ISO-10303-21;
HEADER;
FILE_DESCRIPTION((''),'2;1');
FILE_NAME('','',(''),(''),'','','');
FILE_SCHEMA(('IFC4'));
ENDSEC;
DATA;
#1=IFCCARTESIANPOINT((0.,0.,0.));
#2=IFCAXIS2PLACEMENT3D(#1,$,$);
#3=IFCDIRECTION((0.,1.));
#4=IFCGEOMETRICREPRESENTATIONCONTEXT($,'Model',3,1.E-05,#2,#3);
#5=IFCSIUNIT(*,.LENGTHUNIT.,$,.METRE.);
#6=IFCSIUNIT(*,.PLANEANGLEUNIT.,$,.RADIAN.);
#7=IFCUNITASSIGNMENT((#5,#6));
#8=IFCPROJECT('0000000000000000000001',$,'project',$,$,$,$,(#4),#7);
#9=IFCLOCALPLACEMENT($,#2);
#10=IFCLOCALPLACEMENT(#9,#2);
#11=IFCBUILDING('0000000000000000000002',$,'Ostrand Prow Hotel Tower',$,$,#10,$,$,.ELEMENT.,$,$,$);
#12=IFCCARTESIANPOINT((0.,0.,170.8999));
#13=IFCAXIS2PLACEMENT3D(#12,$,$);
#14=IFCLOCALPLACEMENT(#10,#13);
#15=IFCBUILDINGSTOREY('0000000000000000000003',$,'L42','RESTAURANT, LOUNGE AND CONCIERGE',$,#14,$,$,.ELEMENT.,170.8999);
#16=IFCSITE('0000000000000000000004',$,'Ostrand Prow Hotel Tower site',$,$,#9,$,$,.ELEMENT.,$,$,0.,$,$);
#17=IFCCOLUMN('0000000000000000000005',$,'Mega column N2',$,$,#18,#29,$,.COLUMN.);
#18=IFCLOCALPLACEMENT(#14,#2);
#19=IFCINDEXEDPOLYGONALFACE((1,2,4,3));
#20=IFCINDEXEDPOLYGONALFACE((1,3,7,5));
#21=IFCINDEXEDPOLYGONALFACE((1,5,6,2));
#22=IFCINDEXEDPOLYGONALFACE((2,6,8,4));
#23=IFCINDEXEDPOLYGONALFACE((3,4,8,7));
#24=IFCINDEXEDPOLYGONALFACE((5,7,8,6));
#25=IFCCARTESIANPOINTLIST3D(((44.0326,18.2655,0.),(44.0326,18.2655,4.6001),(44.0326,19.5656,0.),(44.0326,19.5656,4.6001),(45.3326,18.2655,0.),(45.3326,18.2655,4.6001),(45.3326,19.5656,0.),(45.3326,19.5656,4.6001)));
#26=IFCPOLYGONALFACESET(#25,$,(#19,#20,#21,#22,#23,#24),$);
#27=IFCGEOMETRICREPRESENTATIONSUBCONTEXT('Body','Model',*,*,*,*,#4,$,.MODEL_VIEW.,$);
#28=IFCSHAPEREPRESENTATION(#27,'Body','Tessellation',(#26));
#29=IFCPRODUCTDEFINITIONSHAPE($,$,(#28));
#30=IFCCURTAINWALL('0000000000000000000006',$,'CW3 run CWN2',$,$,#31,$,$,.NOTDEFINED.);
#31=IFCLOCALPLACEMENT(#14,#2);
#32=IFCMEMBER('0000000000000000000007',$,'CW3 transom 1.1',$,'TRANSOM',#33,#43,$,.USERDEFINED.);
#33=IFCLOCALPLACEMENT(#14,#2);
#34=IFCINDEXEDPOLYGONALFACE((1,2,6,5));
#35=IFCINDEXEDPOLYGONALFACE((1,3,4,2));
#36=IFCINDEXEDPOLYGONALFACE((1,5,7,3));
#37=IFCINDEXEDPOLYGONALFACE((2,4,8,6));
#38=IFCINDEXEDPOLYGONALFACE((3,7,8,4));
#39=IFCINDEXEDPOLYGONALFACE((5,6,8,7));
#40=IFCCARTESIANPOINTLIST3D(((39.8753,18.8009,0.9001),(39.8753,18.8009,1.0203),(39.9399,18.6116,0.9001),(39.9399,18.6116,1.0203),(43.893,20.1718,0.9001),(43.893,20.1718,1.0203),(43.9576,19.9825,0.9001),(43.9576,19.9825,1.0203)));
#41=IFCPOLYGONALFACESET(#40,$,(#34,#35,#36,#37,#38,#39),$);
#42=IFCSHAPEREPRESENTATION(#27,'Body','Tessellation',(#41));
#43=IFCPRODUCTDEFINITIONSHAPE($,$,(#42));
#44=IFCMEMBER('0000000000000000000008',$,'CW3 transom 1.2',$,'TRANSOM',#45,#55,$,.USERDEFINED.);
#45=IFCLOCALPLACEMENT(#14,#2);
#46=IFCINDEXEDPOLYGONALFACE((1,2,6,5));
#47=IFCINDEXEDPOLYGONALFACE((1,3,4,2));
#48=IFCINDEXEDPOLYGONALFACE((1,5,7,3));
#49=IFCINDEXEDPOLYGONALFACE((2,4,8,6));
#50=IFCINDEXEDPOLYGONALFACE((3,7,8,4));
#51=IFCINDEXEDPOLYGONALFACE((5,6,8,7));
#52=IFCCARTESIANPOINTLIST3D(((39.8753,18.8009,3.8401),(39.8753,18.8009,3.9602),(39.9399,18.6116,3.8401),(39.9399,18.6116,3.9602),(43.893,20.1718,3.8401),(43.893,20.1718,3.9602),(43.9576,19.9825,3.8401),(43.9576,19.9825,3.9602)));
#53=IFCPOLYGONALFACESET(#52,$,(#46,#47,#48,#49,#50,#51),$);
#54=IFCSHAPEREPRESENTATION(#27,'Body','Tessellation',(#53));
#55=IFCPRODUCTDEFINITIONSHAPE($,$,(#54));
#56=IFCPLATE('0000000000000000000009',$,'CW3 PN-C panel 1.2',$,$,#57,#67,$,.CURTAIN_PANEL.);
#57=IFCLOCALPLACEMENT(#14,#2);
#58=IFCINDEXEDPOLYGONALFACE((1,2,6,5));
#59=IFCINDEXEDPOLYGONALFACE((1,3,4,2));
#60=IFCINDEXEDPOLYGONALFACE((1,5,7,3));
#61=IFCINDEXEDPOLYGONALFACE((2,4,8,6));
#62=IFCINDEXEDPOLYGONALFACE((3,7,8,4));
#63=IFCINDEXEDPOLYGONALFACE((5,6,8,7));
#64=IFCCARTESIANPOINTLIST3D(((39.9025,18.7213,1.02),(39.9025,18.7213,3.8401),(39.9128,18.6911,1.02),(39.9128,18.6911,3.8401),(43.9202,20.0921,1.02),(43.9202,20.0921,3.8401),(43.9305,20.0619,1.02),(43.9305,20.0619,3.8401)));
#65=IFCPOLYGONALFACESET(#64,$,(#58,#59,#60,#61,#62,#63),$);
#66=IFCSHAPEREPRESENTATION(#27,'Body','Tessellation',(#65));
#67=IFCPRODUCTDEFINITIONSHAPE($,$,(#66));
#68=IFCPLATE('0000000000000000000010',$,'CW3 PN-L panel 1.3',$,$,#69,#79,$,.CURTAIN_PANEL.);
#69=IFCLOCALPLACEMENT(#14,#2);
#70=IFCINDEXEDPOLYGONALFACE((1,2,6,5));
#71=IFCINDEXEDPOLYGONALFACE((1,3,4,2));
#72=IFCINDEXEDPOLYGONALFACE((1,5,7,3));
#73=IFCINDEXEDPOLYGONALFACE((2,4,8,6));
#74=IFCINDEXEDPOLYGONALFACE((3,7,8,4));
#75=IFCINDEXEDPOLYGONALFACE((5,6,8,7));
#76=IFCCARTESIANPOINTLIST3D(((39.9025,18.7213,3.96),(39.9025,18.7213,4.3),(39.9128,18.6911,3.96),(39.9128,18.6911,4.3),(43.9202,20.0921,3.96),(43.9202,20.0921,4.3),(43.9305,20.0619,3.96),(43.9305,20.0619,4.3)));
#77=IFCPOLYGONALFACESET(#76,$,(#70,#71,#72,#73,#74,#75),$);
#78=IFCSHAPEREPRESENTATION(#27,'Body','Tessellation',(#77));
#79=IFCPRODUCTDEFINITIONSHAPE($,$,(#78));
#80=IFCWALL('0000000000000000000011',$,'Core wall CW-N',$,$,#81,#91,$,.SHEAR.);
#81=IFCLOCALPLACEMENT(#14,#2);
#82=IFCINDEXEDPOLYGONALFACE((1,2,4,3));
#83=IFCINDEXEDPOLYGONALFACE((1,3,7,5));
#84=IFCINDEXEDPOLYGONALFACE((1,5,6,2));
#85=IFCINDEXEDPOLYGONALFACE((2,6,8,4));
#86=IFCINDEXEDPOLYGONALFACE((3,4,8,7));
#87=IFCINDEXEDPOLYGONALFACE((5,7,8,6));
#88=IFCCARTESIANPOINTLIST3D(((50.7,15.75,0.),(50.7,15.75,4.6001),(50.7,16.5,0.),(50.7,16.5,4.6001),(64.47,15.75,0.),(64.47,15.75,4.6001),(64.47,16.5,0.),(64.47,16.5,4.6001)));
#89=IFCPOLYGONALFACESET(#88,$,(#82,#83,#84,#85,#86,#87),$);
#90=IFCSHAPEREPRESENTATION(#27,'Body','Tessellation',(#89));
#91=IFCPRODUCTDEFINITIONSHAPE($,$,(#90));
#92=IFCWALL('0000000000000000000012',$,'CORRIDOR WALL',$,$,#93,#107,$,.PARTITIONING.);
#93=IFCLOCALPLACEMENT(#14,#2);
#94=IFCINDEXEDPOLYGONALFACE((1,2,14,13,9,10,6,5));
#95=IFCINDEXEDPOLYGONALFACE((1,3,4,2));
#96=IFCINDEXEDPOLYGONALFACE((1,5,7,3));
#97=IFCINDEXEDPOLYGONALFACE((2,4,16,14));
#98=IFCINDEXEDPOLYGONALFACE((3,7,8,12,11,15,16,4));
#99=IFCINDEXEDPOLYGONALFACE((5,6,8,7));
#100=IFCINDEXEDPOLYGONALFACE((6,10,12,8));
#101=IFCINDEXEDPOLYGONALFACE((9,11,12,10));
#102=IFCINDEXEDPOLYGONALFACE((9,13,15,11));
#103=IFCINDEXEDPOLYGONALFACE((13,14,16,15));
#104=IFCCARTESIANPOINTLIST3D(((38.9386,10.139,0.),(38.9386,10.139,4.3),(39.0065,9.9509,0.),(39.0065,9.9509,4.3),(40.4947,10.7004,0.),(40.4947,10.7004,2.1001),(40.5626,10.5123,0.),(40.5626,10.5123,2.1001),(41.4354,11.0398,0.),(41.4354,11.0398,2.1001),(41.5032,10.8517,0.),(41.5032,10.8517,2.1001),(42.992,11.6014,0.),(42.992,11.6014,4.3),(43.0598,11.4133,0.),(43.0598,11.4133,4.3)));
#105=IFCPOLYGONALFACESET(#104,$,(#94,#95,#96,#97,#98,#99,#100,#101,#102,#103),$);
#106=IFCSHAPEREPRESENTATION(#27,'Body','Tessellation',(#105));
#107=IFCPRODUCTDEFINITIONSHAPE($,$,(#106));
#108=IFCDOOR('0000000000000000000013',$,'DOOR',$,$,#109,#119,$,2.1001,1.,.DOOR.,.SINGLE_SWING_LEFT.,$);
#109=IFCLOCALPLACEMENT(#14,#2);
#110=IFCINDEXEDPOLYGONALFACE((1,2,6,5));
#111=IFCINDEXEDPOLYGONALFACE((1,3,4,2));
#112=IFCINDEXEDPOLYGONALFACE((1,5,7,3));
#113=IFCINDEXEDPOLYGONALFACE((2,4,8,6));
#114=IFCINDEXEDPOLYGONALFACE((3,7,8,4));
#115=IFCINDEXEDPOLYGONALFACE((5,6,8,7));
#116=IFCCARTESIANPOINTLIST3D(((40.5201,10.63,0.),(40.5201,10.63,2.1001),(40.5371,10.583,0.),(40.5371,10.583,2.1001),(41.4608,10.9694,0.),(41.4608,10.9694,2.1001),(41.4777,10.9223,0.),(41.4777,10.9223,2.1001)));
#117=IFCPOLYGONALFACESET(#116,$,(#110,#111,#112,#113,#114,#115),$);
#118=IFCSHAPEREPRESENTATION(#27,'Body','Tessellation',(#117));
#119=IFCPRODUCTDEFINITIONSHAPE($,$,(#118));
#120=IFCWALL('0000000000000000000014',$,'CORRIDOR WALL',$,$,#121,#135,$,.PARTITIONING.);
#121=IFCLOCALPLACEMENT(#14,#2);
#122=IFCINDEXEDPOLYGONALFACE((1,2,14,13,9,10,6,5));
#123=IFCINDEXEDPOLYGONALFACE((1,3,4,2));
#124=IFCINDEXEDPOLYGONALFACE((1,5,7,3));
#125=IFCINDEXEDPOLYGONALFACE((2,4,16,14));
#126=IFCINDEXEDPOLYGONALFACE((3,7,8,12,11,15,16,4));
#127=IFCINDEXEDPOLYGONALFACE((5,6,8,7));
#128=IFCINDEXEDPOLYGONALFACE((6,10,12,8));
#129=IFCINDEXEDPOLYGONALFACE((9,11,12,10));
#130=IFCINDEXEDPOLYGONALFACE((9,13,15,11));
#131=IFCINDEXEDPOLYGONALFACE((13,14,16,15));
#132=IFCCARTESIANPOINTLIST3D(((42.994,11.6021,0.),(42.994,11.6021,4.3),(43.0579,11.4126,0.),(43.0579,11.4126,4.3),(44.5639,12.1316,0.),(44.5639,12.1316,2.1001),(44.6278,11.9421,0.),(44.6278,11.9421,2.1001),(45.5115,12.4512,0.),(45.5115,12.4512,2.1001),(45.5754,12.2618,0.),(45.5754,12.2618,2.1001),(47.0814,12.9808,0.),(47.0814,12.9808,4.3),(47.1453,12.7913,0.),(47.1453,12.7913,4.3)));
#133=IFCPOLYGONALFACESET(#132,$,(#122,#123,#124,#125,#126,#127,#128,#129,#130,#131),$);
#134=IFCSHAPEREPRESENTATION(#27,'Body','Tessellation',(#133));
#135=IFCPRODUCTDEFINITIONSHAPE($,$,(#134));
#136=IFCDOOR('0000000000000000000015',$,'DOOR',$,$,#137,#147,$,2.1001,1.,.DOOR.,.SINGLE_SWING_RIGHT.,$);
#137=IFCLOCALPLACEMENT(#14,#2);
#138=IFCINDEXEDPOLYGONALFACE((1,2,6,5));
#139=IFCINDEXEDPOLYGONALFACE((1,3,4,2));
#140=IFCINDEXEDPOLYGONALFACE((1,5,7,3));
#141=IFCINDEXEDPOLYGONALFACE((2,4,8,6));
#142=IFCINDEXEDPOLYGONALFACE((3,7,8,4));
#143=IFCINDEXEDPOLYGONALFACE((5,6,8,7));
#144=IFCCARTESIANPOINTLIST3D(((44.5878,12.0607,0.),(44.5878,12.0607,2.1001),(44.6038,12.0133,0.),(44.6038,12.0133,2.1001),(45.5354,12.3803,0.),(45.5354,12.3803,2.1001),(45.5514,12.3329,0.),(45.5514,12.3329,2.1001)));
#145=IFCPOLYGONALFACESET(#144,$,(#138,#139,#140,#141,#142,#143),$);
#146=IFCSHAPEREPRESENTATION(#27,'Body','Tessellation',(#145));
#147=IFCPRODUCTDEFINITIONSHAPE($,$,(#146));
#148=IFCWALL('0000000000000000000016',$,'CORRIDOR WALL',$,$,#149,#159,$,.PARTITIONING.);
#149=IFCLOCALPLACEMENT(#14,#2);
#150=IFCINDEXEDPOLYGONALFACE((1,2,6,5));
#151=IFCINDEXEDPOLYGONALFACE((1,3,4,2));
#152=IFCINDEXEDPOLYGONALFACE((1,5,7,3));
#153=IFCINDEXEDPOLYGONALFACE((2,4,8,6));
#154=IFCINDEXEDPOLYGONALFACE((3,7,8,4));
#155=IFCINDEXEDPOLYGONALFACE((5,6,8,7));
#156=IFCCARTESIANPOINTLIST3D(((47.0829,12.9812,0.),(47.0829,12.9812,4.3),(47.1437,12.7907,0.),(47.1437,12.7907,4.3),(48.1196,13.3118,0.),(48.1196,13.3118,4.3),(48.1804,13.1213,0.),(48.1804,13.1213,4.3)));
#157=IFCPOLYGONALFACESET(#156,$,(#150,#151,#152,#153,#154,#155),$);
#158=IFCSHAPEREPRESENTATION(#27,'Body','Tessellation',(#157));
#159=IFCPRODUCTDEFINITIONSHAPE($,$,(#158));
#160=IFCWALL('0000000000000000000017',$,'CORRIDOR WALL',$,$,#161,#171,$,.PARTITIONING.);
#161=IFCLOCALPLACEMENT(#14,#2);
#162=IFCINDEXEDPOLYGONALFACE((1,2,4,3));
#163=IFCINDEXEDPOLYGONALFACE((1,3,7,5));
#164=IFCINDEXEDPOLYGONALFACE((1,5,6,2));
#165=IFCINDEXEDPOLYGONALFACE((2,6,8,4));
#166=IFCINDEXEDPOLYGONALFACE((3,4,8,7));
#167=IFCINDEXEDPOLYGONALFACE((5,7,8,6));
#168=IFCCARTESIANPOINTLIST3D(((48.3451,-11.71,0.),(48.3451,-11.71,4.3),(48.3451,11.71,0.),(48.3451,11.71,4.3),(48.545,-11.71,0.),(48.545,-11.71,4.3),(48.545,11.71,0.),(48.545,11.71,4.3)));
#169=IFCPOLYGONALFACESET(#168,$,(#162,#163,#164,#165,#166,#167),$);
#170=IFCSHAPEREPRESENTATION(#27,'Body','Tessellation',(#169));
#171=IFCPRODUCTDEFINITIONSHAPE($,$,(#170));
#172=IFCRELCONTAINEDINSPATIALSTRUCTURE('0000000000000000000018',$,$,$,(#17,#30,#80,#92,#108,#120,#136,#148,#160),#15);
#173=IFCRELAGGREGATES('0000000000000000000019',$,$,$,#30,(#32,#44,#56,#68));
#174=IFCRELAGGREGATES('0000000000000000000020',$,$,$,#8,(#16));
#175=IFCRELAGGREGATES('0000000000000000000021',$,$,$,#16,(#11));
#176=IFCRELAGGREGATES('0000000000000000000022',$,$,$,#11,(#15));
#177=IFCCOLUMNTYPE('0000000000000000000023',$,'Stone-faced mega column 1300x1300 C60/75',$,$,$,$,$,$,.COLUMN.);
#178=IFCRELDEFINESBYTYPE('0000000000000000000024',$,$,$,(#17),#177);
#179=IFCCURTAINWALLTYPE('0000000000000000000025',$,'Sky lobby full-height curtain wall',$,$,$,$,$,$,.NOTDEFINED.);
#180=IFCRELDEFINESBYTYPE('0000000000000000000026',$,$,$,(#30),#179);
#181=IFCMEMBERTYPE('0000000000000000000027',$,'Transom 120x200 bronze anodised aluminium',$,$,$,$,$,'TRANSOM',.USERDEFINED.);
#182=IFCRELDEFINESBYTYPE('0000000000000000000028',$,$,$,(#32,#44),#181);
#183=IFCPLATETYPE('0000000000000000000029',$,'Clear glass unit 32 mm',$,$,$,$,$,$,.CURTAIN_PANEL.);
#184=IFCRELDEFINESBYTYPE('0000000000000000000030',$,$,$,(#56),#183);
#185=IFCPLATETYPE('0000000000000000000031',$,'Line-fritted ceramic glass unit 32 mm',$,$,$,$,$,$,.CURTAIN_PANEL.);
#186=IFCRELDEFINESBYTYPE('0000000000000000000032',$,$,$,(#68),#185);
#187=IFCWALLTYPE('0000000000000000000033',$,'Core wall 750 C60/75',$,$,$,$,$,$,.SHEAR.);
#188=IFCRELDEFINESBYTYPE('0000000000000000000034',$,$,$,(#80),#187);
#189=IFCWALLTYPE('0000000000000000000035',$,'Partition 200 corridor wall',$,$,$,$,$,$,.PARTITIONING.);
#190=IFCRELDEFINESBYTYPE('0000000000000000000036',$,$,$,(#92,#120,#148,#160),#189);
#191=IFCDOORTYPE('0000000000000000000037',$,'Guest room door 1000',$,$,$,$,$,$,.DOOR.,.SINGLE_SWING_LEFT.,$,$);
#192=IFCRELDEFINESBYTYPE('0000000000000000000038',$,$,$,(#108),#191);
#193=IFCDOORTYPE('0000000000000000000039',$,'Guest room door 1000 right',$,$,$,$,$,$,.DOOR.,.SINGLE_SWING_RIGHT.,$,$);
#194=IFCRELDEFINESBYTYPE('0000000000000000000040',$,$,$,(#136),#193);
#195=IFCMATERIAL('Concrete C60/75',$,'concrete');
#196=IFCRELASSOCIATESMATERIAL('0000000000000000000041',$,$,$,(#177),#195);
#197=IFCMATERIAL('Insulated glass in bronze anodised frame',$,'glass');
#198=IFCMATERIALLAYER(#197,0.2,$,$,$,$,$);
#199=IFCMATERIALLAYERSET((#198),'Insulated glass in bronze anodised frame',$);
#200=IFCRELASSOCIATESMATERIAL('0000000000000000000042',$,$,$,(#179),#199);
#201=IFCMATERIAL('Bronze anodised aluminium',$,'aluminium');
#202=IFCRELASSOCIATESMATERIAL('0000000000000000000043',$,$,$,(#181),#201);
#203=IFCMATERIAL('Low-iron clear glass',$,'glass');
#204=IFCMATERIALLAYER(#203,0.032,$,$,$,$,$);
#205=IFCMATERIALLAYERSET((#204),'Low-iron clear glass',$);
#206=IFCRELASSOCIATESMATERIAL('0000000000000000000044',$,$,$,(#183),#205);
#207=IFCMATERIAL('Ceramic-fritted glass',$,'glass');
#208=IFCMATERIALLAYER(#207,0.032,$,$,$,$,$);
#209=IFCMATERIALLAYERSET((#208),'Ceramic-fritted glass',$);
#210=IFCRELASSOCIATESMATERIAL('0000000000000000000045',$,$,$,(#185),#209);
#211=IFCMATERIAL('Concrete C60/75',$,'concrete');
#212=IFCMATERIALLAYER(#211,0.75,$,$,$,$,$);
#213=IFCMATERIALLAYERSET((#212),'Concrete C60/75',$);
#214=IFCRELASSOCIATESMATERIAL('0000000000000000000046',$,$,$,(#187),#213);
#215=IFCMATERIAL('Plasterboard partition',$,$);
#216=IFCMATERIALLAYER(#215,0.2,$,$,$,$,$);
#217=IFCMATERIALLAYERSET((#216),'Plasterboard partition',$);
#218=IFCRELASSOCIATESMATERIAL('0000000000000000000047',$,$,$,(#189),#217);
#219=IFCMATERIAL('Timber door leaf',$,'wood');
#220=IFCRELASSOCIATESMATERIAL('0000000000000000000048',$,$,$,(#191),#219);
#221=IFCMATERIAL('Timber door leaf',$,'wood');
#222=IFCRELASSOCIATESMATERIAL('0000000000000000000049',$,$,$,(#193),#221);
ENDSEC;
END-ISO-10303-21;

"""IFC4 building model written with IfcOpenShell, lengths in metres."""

from ifc_helpers import new_model, si_unit, direction, frame, frame_2d, origin, origin_2d, place, context, subcontext, project, spatial, rectangle, extrude, material, layer, layer_set, material_profile, profile_set, type_object, element, fill, aggregate, save


model = new_model("IFC4")

# Units and contexts
model_context = context("Model", 3, precision=1e-05, world=origin(), true_north=direction((0.0, 1.0)))
body_context = subcontext(model_context, "Body", "Model", "MODEL_VIEW")
ifc_project = project(units=[si_unit("LENGTHUNIT", "METRE"), si_unit("PLANEANGLEUNIT", "RADIAN")], contexts=[model_context])

# Site, building, storey
site_placement = place(None, origin())
site = spatial("IfcSite", under=ifc_project, at=site_placement, Name="Ostrand Prow Hotel Tower site", CompositionType="ELEMENT", RefElevation=0.0)
building_placement = place(site_placement, origin())
building = spatial("IfcBuilding", under=site, at=building_placement, Name="Ostrand Prow Hotel Tower", CompositionType="ELEMENT")
storey_placement = place(building_placement, frame((0.0, 0.0, 170.8999)))
storey = spatial("IfcBuildingStorey", under=building, at=storey_placement, Name="L42", Description="RESTAURANT, LOUNGE AND CONCIERGE", CompositionType="ELEMENT", Elevation=170.8999)

# Column
ifc_material_1 = material(Name="Concrete C60/75", Category="concrete")
ifc_material_profile_1 = material_profile(ifc_material_1, rectangle(XDim=1.3, YDim=1.3, at=origin_2d()), Name="RC 1300x1300")
ifc_profile_set_1 = profile_set([ifc_material_profile_1], Name="Concrete C60/75")
column_type = type_object("IfcColumnType", Name="Stone-faced mega column 1300x1300 C60/75", PredefinedType="COLUMN", material=ifc_profile_set_1)
column_placement = place(storey_placement, frame((44.6826, 18.9155, 0.0), z_axis=(0.0, 0.0, 1.0), x_axis=(1.0, 0.0, 0.0)))
element("IfcColumn", 1, at=column_placement, inside=storey, type_object=column_type, Name="Mega column N2", PredefinedType="COLUMN", context=body_context, shape_type="SweptSolid", body=[
    extrude(rectangle(XDim=1.3, YDim=1.3, at=origin_2d()), origin(), (0.0, 0.0, 1.0), 4.6001),
])

# Curtain wall, members, plates
ifc_material_2 = material(Name="Insulated glass in bronze anodised frame", Category="glass")
ifc_layer_1 = layer(ifc_material_2, 0.2)
ifc_layer_set_1 = layer_set([ifc_layer_1], Name="Insulated glass in bronze anodised frame")
curtain_wall_type = type_object("IfcCurtainWallType", Name="Sky lobby full-height curtain wall", PredefinedType="NOTDEFINED", material=ifc_layer_set_1)
curtain_wall_placement = place(storey_placement, origin())
curtain_wall = element("IfcCurtainWall", 2, at=curtain_wall_placement, inside=storey, type_object=curtain_wall_type, Name="CW3 run CWN2", PredefinedType="NOTDEFINED")
ifc_material_3 = material(Name="Bronze anodised aluminium", Category="aluminium")
ifc_material_profile_2 = material_profile(ifc_material_3, rectangle(XDim=0.2, YDim=0.1201, at=origin_2d()), Name="Transom 120x200 bronze anodised aluminium")
ifc_profile_set_2 = profile_set([ifc_material_profile_2], Name="Bronze anodised aluminium")
member_type = type_object("IfcMemberType", Name="Transom 120x200 bronze anodised aluminium", ElementType="TRANSOM", PredefinedType="USERDEFINED", material=ifc_profile_set_2)
member_1_placement = place(storey_placement, frame((43.9253, 20.0771, 0.9602), z_axis=(-0.946422, -0.322932, 0.0), x_axis=(0.322932, -0.946422, 0.0)))
member_1 = element("IfcMember", 3, at=member_1_placement, type_object=member_type, Name="CW3 transom 1.1", ObjectType="TRANSOM", PredefinedType="USERDEFINED", context=body_context, shape_type="SweptSolid", body=[
    extrude(rectangle(XDim=0.2, YDim=0.1201, at=origin_2d()), origin(), (0.0, 0.0, 1.0), 4.2451),
])
member_2_placement = place(storey_placement, frame((43.9253, 20.0771, 3.9001), z_axis=(-0.946422, -0.322932, 0.0), x_axis=(0.322932, -0.946422, 0.0)))
member_2 = element("IfcMember", 4, at=member_2_placement, type_object=member_type, Name="CW3 transom 1.2", ObjectType="TRANSOM", PredefinedType="USERDEFINED", context=body_context, shape_type="SweptSolid", body=[
    extrude(rectangle(XDim=0.2, YDim=0.1201, at=origin_2d()), origin(), (0.0, 0.0, 1.0), 4.2451),
])
ifc_material_4 = material(Name="Low-iron clear glass", Category="glass")
ifc_layer_2 = layer(ifc_material_4, 0.032)
ifc_layer_set_2 = layer_set([ifc_layer_2], Name="Low-iron clear glass")
plate_type_1 = type_object("IfcPlateType", Name="Clear glass unit 32 mm", PredefinedType="CURTAIN_PANEL", material=ifc_layer_set_2)
plate_1_placement = place(storey_placement, frame((41.9165, 19.3916, 1.02), z_axis=(0.0, 0.0, 1.0), x_axis=(-0.94643, -0.322908, 0.0)))
plate_1 = element("IfcPlate", 5, at=plate_1_placement, type_object=plate_type_1, Name="CW3 PN-C panel 1.2", PredefinedType="CURTAIN_PANEL", context=body_context, shape_type="SweptSolid", body=[
    extrude(rectangle(XDim=4.2451, YDim=0.032, at=origin_2d()), origin(), (0.0, 0.0, 1.0), 2.8201),
])
ifc_material_5 = material(Name="Ceramic-fritted glass", Category="glass")
ifc_layer_3 = layer(ifc_material_5, 0.032)
ifc_layer_set_3 = layer_set([ifc_layer_3], Name="Ceramic-fritted glass")
plate_type_2 = type_object("IfcPlateType", Name="Line-fritted ceramic glass unit 32 mm", PredefinedType="CURTAIN_PANEL", material=ifc_layer_set_3)
plate_2_placement = place(storey_placement, frame((41.9165, 19.3916, 3.96), z_axis=(0.0, 0.0, 1.0), x_axis=(-0.94643, -0.322908, 0.0)))
plate_2 = element("IfcPlate", 6, at=plate_2_placement, type_object=plate_type_2, Name="CW3 PN-L panel 1.3", PredefinedType="CURTAIN_PANEL", context=body_context, shape_type="SweptSolid", body=[
    extrude(rectangle(XDim=4.2451, YDim=0.032, at=origin_2d()), origin(), (0.0, 0.0, 1.0), 0.3401),
])
aggregate(curtain_wall, [member_1, member_2, plate_1, plate_2])

# Wall
ifc_material_6 = material(Name="Concrete C60/75", Category="concrete")
ifc_layer_4 = layer(ifc_material_6, 0.75)
ifc_layer_set_4 = layer_set([ifc_layer_4], Name="Concrete C60/75")
wall_type_1 = type_object("IfcWallType", Name="Core wall 750 C60/75", PredefinedType="SHEAR", material=ifc_layer_set_4)
wall_1_placement = place(storey_placement, frame((50.7, 16.125, 0.0), z_axis=(0.0, 0.0, 1.0), x_axis=(1.0, 0.0, 0.0)))
element("IfcWall", 7, at=wall_1_placement, inside=storey, type_object=wall_type_1, Name="Core wall CW-N", PredefinedType="SHEAR", context=body_context, shape_type="SweptSolid", body=[
    extrude(rectangle(XDim=13.77, YDim=0.75, at=frame_2d((6.885, 0.0))), origin(), (0.0, 0.0, 1.0), 4.6001),
])

# Walls, openings, doors
ifc_material_7 = material(Name="Plasterboard partition")
ifc_layer_5 = layer(ifc_material_7, 0.2)
ifc_layer_set_5 = layer_set([ifc_layer_5], Name="Plasterboard partition")
wall_type_2 = type_object("IfcWallType", Name="Partition 200 corridor wall", PredefinedType="PARTITIONING", material=ifc_layer_set_5)
wall_2_placement = place(storey_placement, frame((43.0259, 11.5073, 0.0), z_axis=(0.0, 0.0, 1.0), x_axis=(-0.940654, -0.339367, 0.0)))
wall_2 = element("IfcWall", 8, at=wall_2_placement, inside=storey, type_object=wall_type_2, Name="CORRIDOR WALL", PredefinedType="PARTITIONING", context=body_context, shape_type="SweptSolid", body=[
    extrude(rectangle(XDim=4.3091, YDim=0.2, at=frame_2d((2.1545, 0.0))), origin(), (0.0, 0.0, 1.0), 4.3),
])
opening_1_placement = place(wall_2_placement, frame((1.6548, 0.0, 0.0)))
opening_1 = element("IfcOpeningElement", 9, at=opening_1_placement, cuts=wall_2, PredefinedType="OPENING", context=body_context, shape_type="SweptSolid", body=[
    extrude(rectangle(XDim=1.0, YDim=2.1001, at=frame_2d((0.5, 1.05))), frame((0.0, 0.1099, 0.0), z_axis=(0.0, -1.0, 0.0), x_axis=(1.0, 0.0, 0.0)), (0.0, 0.0, 1.0), 0.22),
])
ifc_material_8 = material(Name="Timber door leaf", Category="wood")
door_type_1 = type_object("IfcDoorType", Name="Guest room door 1000", OperationType="SINGLE_SWING_LEFT", PredefinedType="DOOR", material=ifc_material_8)
door_1_placement = place(opening_1_placement, origin())
door_1 = element("IfcDoor", 10, at=door_1_placement, inside=storey, type_object=door_type_1, Name="DOOR", OperationType="SINGLE_SWING_LEFT", OverallHeight=2.1001, OverallWidth=1.0, PredefinedType="DOOR", context=body_context, shape_type="SweptSolid", body=[
    extrude(rectangle(XDim=1.0, YDim=2.1001, at=frame_2d((0.5, 1.05))), frame((0.0, 0.0249, 0.0), z_axis=(0.0, -1.0, 0.0), x_axis=(1.0, 0.0, 0.0)), (0.0, 0.0, 1.0), 0.05),
])
fill(opening_1, door_1)
wall_3_placement = place(storey_placement, frame((47.1133, 12.886, 0.0), z_axis=(0.0, 0.0, 1.0), x_axis=(-0.947551, -0.319605, 0.0)))
wall_3 = element("IfcWall", 11, at=wall_3_placement, inside=storey, type_object=wall_type_2, Name="CORRIDOR WALL", PredefinedType="PARTITIONING", context=body_context, shape_type="SweptSolid", body=[
    extrude(rectangle(XDim=4.3137, YDim=0.2, at=frame_2d((2.1567, 0.0))), origin(), (0.0, 0.0, 1.0), 4.3),
])
opening_2_placement = place(wall_3_placement, frame((1.6567, 0.0, 0.0)))
opening_2 = element("IfcOpeningElement", 12, at=opening_2_placement, cuts=wall_3, PredefinedType="OPENING", context=body_context, shape_type="SweptSolid", body=[
    extrude(rectangle(XDim=1.0, YDim=2.1001, at=frame_2d((0.5, 1.05))), frame((0.0, 0.1099, 0.0), z_axis=(0.0, -1.0, 0.0), x_axis=(1.0, 0.0, 0.0)), (0.0, 0.0, 1.0), 0.22),
])
ifc_material_9 = material(Name="Timber door leaf", Category="wood")
door_type_2 = type_object("IfcDoorType", Name="Guest room door 1000 right", OperationType="SINGLE_SWING_RIGHT", PredefinedType="DOOR", material=ifc_material_9)
door_2_placement = place(opening_2_placement, origin())
door_2 = element("IfcDoor", 13, at=door_2_placement, inside=storey, type_object=door_type_2, Name="DOOR", OperationType="SINGLE_SWING_RIGHT", OverallHeight=2.1001, OverallWidth=1.0, PredefinedType="DOOR", context=body_context, shape_type="SweptSolid", body=[
    extrude(rectangle(XDim=1.0, YDim=2.1001, at=frame_2d((0.5, 1.05))), frame((0.0, 0.0249, 0.0), z_axis=(0.0, -1.0, 0.0), x_axis=(1.0, 0.0, 0.0)), (0.0, 0.0, 1.0), 0.05),
])
fill(opening_2, door_2)

# Walls
wall_4_placement = place(storey_placement, frame((48.1499, 13.2166, 0.0), z_axis=(0.0, 0.0, 1.0), x_axis=(-0.952731, -0.303815, 0.0)))
element("IfcWall", 14, at=wall_4_placement, inside=storey, type_object=wall_type_2, Name="CORRIDOR WALL", PredefinedType="PARTITIONING", context=body_context, shape_type="SweptSolid", body=[
    extrude(rectangle(XDim=1.0881, YDim=0.2, at=frame_2d((0.5439, 0.0))), origin(), (0.0, 0.0, 1.0), 4.3),
])
wall_5_placement = place(storey_placement, frame((48.4451, 11.71, 0.0), z_axis=(0.0, 0.0, 1.0), x_axis=(0.0, -1.0, 0.0)))
element("IfcWall", 15, at=wall_5_placement, inside=storey, type_object=wall_type_2, Name="CORRIDOR WALL", PredefinedType="PARTITIONING", context=body_context, shape_type="SweptSolid", body=[
    extrude(rectangle(XDim=23.4199, YDim=0.2, at=frame_2d((11.71, 0.0))), origin(), (0.0, 0.0, 1.0), 4.3),
])

save(model, "model.ifc")
